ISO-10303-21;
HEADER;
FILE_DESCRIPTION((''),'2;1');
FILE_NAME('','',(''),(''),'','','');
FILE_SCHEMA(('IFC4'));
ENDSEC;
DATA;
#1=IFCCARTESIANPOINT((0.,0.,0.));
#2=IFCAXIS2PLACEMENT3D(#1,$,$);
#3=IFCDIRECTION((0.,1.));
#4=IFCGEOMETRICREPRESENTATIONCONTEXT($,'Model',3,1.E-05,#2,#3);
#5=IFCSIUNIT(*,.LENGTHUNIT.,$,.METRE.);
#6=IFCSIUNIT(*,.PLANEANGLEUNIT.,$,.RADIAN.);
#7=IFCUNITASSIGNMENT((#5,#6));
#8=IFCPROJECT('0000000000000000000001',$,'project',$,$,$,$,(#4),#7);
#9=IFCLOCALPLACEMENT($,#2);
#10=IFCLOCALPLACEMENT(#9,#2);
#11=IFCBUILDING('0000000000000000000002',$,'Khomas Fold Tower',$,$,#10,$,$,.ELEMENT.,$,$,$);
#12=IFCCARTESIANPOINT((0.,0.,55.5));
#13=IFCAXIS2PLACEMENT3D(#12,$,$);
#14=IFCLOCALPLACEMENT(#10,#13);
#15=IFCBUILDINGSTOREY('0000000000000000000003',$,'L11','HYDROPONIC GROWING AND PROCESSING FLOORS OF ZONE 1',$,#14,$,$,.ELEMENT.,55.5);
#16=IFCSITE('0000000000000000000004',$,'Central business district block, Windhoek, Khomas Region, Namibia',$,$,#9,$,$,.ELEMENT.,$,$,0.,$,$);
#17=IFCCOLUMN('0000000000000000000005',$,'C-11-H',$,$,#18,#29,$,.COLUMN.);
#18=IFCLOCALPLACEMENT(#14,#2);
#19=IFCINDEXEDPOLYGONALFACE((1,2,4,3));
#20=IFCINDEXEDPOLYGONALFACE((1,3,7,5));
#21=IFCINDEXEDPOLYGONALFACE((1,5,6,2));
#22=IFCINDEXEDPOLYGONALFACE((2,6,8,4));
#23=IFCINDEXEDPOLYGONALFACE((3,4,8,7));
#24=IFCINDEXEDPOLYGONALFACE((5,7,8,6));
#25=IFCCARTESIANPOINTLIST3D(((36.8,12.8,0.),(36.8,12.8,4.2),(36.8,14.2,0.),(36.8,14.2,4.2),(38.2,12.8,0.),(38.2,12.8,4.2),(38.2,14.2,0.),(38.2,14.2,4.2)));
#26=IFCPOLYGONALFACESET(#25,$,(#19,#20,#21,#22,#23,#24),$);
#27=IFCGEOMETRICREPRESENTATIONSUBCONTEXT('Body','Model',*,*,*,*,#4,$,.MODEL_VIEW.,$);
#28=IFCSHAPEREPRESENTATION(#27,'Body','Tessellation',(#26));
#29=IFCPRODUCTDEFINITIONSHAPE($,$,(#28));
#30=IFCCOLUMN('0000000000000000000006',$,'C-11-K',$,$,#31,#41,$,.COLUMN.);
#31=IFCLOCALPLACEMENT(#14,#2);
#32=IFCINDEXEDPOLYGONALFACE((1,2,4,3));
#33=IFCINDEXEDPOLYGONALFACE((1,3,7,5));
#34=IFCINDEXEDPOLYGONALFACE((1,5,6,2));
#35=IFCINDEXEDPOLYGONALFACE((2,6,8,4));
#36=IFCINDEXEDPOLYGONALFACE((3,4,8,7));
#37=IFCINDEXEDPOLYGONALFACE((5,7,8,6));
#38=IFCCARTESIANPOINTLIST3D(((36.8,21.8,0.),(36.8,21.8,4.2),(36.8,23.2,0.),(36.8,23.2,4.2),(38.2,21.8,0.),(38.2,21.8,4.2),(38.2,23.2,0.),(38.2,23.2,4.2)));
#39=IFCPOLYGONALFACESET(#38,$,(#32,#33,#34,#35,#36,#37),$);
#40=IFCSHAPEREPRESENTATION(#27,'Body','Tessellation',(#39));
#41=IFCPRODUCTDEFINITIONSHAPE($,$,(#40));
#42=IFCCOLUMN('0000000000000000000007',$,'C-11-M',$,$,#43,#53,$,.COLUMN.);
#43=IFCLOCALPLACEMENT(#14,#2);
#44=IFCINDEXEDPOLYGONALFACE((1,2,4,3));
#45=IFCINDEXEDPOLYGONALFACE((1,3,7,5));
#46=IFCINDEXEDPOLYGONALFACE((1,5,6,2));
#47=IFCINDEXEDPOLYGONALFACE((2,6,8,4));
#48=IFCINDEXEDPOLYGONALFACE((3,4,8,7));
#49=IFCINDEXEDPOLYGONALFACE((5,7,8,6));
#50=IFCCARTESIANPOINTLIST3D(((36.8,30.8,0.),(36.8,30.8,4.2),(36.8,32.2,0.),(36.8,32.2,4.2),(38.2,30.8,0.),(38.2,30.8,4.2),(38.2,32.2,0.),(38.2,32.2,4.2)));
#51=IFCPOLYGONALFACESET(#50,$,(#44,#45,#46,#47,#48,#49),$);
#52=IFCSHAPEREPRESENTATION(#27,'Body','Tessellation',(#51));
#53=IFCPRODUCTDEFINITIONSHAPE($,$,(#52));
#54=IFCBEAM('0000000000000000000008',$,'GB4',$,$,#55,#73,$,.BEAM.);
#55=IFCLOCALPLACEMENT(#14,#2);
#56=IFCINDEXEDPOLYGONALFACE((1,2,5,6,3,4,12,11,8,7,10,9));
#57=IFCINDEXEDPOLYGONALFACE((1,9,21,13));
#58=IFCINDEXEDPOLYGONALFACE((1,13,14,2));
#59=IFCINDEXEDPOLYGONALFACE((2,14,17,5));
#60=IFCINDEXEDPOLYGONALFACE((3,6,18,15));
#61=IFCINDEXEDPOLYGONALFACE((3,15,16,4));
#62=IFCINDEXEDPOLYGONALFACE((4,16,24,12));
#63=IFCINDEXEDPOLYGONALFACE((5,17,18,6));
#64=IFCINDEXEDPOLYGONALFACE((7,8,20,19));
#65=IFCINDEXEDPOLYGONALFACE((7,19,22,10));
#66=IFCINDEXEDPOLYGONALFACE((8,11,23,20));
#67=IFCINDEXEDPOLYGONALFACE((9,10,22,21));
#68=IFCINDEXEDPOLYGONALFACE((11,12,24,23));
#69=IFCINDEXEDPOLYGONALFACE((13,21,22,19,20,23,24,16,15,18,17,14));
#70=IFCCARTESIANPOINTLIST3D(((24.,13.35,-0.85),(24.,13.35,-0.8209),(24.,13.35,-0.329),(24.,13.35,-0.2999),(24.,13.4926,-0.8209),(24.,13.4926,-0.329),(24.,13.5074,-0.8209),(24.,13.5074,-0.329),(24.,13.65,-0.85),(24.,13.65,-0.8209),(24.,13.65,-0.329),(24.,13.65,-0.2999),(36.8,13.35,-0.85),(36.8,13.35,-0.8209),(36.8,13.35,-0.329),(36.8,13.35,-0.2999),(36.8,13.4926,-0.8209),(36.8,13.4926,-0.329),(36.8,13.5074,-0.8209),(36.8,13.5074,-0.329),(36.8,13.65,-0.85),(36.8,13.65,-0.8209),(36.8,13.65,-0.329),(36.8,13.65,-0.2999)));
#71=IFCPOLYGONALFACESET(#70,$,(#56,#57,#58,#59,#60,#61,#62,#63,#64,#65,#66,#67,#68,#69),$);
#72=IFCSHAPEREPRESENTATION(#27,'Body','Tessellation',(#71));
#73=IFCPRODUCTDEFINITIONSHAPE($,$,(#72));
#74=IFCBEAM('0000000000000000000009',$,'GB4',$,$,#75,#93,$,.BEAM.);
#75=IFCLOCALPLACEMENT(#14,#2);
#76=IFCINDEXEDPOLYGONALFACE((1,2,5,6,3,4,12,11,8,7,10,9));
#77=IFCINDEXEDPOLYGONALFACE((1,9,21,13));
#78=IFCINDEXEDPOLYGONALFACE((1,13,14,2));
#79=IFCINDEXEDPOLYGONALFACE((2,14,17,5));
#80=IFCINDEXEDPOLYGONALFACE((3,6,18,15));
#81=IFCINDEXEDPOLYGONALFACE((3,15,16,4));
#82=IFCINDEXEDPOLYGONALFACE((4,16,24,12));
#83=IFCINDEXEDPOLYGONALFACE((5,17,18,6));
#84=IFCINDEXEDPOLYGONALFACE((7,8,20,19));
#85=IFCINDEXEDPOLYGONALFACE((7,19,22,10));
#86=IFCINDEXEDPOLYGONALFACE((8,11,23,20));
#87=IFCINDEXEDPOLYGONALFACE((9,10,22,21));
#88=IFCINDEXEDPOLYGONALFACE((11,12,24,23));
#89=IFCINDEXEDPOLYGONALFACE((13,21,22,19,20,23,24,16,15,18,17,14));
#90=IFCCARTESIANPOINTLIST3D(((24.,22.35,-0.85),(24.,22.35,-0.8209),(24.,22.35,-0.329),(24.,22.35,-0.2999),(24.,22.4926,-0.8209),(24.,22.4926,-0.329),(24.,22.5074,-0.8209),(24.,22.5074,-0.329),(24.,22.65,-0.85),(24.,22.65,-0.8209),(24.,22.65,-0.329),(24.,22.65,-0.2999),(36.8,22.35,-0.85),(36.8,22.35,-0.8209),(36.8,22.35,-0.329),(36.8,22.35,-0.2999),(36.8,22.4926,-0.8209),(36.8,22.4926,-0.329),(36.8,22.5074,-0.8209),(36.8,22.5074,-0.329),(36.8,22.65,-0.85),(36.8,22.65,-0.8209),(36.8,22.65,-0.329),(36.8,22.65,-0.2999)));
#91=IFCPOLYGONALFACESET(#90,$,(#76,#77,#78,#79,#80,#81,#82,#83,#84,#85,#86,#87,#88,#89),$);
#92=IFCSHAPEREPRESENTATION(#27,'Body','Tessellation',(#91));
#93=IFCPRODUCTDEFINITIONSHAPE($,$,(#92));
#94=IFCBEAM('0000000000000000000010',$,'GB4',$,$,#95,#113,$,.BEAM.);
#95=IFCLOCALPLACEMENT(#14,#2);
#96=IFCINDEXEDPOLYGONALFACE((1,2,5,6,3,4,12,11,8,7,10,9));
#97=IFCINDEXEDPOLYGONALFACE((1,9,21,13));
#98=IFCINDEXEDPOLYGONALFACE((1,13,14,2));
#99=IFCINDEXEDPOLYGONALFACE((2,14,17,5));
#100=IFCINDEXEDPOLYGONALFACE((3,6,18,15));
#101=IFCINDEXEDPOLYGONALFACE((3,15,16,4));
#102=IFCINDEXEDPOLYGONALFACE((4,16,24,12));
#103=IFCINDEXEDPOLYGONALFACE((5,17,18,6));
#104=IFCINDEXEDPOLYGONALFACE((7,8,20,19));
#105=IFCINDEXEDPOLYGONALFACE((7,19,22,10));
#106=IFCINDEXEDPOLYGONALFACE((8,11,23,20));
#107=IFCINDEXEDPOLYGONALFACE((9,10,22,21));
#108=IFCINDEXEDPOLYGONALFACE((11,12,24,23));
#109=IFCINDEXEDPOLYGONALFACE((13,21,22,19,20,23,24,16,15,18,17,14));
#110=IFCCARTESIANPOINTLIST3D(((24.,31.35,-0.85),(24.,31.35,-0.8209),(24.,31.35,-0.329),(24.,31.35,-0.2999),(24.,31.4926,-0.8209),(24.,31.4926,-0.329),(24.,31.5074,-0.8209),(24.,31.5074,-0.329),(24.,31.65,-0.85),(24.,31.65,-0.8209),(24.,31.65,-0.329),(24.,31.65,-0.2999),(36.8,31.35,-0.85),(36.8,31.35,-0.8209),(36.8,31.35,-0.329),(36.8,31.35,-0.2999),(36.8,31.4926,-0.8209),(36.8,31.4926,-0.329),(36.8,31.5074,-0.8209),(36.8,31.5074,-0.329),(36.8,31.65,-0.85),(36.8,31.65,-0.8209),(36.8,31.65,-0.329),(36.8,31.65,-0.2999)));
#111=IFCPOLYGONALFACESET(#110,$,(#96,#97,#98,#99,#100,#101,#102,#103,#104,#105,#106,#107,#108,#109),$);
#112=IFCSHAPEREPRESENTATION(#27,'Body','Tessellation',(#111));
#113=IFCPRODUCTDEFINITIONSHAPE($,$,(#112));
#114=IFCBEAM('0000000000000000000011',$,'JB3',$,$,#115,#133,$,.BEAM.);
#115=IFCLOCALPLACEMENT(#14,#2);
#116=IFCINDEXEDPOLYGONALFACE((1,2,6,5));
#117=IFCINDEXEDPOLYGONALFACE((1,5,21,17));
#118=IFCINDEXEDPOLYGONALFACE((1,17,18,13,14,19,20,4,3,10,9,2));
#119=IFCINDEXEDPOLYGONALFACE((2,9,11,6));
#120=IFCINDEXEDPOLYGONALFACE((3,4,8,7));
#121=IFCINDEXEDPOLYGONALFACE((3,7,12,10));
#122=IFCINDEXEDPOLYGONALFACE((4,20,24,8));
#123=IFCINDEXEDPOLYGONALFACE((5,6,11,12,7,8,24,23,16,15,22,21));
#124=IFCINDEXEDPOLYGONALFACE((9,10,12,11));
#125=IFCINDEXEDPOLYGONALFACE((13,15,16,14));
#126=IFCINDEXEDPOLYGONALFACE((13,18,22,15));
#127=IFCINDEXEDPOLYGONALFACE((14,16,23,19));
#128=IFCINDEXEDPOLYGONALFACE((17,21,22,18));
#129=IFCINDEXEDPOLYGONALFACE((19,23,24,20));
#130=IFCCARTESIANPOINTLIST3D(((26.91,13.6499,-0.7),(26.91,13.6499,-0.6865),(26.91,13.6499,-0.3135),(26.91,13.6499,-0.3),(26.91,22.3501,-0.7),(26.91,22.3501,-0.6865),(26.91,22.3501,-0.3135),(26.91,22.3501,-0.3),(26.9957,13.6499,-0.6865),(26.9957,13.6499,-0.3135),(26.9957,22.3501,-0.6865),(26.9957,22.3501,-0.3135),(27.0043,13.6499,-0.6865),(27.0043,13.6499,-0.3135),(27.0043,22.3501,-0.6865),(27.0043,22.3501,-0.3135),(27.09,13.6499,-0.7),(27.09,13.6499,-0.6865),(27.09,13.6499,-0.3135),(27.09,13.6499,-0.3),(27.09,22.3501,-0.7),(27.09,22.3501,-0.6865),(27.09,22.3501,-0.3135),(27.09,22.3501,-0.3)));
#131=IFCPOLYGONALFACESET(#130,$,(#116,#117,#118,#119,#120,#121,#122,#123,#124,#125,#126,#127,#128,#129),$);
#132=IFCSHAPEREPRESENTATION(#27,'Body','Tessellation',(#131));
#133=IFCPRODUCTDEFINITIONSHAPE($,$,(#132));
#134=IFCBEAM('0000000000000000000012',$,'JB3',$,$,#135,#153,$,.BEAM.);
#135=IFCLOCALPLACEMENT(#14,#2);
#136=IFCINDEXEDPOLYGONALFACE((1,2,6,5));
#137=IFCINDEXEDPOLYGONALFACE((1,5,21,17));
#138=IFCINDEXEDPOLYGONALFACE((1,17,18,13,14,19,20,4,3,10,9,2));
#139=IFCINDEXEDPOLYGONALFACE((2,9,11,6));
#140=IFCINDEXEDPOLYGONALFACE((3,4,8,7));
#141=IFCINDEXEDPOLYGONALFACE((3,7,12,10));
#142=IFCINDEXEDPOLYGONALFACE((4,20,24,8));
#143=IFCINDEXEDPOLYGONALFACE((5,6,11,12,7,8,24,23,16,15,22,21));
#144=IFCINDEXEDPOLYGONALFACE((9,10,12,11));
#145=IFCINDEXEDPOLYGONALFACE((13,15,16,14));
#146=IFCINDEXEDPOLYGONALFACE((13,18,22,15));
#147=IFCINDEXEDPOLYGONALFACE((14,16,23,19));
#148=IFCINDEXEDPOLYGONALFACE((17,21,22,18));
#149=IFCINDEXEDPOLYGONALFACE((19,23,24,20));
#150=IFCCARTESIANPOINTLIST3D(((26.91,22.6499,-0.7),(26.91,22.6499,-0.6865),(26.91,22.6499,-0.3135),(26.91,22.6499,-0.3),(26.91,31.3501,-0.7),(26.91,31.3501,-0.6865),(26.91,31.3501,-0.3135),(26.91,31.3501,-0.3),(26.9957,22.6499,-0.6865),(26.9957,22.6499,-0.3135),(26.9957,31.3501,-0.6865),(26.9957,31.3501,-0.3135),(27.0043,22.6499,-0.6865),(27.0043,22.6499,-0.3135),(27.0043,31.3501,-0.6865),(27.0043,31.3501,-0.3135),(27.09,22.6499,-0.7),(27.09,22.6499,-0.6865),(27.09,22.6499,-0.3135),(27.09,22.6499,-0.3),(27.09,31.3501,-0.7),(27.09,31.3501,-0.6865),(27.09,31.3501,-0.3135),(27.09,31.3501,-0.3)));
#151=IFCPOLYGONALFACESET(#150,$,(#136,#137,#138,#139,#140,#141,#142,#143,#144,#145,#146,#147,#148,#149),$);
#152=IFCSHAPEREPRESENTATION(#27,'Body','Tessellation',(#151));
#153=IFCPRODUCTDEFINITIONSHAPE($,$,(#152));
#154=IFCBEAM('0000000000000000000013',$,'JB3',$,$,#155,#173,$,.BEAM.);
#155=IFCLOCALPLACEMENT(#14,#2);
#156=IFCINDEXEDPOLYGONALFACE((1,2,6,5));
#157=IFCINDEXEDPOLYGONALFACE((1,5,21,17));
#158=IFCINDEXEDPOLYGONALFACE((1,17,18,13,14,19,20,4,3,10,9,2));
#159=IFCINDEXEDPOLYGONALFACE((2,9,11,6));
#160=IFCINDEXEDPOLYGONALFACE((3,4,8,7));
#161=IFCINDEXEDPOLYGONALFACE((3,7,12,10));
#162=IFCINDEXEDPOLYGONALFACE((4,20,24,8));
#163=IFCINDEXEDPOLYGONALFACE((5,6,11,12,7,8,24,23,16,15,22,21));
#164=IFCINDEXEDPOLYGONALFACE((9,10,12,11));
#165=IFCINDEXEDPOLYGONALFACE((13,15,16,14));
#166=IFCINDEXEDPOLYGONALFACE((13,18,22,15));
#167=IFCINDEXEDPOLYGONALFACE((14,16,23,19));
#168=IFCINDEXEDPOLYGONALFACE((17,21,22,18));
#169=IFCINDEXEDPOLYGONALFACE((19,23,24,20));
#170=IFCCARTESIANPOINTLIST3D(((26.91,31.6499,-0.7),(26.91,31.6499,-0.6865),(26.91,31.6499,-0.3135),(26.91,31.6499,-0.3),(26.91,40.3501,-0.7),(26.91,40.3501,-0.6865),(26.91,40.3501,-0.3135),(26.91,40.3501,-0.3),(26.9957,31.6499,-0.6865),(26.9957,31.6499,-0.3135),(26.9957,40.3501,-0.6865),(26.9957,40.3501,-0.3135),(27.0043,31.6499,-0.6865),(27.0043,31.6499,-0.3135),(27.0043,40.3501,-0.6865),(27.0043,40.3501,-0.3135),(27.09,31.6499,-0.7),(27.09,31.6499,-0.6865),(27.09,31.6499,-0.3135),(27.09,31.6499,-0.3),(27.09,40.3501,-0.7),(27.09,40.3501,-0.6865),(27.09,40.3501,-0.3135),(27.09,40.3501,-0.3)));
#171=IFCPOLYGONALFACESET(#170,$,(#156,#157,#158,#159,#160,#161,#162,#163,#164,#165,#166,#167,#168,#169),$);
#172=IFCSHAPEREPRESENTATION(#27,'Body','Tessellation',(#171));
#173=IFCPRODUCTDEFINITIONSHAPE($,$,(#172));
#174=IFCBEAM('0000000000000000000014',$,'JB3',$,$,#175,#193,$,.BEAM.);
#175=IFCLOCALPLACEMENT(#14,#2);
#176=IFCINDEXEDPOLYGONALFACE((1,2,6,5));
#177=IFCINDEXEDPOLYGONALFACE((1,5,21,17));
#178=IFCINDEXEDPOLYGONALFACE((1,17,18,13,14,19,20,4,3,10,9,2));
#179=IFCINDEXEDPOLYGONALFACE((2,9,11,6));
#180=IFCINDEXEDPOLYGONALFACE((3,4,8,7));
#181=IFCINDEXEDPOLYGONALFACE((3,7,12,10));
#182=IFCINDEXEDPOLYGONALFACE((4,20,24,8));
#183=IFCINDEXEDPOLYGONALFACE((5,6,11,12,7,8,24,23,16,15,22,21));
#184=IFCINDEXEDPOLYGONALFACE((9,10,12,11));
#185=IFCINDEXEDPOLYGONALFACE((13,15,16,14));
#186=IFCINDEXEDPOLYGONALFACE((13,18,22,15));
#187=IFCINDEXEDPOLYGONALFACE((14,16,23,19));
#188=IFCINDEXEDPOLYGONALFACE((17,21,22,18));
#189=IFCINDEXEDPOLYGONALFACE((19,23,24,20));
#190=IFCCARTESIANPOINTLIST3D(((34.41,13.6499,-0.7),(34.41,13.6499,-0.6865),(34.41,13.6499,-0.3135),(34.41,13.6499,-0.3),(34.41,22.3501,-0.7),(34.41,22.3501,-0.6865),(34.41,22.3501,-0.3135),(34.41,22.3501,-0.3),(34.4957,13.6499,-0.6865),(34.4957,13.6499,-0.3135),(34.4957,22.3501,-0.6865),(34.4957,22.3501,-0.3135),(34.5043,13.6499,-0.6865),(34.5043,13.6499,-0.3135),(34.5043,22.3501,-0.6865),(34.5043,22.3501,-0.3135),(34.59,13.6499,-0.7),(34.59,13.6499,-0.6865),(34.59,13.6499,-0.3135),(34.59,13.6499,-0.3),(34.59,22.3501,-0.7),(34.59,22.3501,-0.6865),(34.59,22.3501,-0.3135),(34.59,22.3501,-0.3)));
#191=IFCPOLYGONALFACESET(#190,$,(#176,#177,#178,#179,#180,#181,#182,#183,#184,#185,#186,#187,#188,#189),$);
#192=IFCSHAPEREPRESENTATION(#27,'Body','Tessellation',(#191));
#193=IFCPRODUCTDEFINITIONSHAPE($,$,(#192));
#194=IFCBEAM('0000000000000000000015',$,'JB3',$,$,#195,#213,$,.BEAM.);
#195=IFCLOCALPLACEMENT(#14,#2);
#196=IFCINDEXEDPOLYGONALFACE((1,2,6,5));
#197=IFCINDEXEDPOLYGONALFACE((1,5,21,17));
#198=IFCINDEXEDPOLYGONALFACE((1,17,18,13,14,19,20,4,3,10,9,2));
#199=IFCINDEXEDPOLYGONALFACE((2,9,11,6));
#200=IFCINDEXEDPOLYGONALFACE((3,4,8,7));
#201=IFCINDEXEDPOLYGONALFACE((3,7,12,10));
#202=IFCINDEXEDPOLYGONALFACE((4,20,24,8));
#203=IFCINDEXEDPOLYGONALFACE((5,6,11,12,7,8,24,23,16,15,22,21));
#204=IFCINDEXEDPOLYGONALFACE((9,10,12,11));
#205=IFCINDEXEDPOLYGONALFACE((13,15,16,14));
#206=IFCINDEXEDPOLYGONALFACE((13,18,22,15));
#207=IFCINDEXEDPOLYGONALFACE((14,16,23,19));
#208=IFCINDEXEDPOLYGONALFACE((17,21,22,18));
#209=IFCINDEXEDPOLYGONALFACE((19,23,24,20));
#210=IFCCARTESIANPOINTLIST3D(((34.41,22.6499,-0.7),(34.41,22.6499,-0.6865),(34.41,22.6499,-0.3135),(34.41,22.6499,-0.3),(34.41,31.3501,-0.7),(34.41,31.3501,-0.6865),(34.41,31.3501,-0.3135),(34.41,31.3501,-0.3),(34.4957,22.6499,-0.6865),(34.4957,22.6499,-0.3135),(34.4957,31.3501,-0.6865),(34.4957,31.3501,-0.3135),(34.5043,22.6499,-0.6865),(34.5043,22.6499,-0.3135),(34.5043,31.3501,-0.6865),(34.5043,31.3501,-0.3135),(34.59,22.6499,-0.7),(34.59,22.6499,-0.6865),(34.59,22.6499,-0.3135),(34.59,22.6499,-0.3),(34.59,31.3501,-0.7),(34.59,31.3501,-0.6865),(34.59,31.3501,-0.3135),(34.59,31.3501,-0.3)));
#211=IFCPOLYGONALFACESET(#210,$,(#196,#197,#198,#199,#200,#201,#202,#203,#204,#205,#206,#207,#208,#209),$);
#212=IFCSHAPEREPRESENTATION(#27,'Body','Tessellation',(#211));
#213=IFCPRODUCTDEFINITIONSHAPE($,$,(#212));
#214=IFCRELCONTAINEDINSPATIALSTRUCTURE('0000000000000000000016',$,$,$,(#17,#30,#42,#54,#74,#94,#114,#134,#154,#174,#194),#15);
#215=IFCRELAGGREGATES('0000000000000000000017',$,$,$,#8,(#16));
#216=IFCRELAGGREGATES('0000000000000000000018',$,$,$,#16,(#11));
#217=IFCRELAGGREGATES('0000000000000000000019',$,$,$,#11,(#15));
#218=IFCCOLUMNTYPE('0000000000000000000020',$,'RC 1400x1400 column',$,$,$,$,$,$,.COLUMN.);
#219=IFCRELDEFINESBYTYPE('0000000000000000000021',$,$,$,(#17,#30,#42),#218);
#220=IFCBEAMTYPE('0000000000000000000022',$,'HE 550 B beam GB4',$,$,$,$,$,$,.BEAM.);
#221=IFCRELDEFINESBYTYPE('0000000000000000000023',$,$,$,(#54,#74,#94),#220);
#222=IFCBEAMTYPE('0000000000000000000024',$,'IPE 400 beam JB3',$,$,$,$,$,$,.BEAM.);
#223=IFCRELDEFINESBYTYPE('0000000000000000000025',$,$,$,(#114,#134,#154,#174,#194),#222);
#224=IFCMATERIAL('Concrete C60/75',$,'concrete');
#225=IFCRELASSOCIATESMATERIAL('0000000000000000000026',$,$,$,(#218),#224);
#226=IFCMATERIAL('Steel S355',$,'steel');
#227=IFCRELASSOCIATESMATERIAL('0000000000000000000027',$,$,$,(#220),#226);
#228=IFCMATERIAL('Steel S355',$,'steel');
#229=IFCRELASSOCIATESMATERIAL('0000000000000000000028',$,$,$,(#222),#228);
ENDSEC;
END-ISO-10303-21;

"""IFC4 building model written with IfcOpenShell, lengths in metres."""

from ifc_helpers import new_model, si_unit, direction, frame, origin, origin_2d, place, context, subcontext, project, spatial, rectangle, i_section, extrude, source, transform, mapped, material, material_profile, profile_set, type_object, element, save


model = new_model("IFC4")

# Units and contexts
model_context = context("Model", 3, precision=1e-05, world=origin(), true_north=direction((0.0, 1.0)))
body_context = subcontext(model_context, "Body", "Model", "MODEL_VIEW")
ifc_project = project(units=[si_unit("LENGTHUNIT", "METRE"), si_unit("PLANEANGLEUNIT", "RADIAN")], contexts=[model_context])

# Site, building, storey
site_placement = place(None, origin())
site = spatial("IfcSite", under=ifc_project, at=site_placement, Name="Central business district block, Windhoek, Khomas Region, Namibia", CompositionType="ELEMENT", RefElevation=0.0)
building_placement = place(site_placement, origin())
building = spatial("IfcBuilding", under=site, at=building_placement, Name="Khomas Fold Tower", CompositionType="ELEMENT")
storey_placement = place(building_placement, frame((0.0, 0.0, 55.5)))
storey = spatial("IfcBuildingStorey", under=building, at=storey_placement, Name="L11", Description="HYDROPONIC GROWING AND PROCESSING FLOORS OF ZONE 1", CompositionType="ELEMENT", Elevation=55.5)

# Columns
ifc_material_1 = material(Name="Concrete C60/75", Category="concrete")
ifc_material_profile_1 = material_profile(ifc_material_1, rectangle(XDim=1.3999, YDim=1.3999, at=origin_2d()), Name="RC 1400x1400")
ifc_profile_set_1 = profile_set([ifc_material_profile_1], Name="Concrete C60/75")
column_type = type_object("IfcColumnType", Name="RC 1400x1400 column", PredefinedType="COLUMN", material=ifc_profile_set_1)
shared_shape_1 = source(origin(), body_context, "Body", "SweptSolid", [
    extrude(rectangle(XDim=1.3999, YDim=1.3999, at=origin_2d()), origin(), (0.0, 0.0, 1.0), 4.2),
])
for number, where, z_axis, x_axis, name in (
    (1, (37.5, 13.5, 0.0), (0.0, 0.0, 1.0), (1.0, 0.0, 0.0), "C-11-H"),
    (2, (37.5, 22.5, 0.0), (0.0, 0.0, 1.0), (1.0, 0.0, 0.0), "C-11-K"),
    (3, (37.5, 31.5, 0.0), (0.0, 0.0, 1.0), (1.0, 0.0, 0.0), "C-11-M"),
):
    element("IfcColumn", number, at=place(storey_placement, frame(where, z_axis=z_axis, x_axis=x_axis)), inside=storey, type_object=column_type, Name=name, PredefinedType="COLUMN", context=body_context, shape_type="MappedRepresentation", body=[
        mapped(shared_shape_1, transform((0.0, 0.0, 0.0))),
    ])

# Beams
ifc_material_2 = material(Name="Steel S355", Category="steel")
ifc_material_profile_2 = material_profile(ifc_material_2, i_section(OverallWidth=0.3, OverallDepth=0.55, WebThickness=0.0149, FlangeThickness=0.0291, at=origin_2d()), Name="HE 550 B")
ifc_profile_set_2 = profile_set([ifc_material_profile_2], Name="Steel S355")
beam_type_1 = type_object("IfcBeamType", Name="HE 550 B beam GB4", PredefinedType="BEAM", material=ifc_profile_set_2)
shared_shape_2 = source(origin(), body_context, "Body", "SweptSolid", [
    extrude(i_section(OverallWidth=0.3, OverallDepth=0.55, WebThickness=0.0149, FlangeThickness=0.0291, at=origin_2d()), origin(), (0.0, 0.0, 1.0), 12.8),
])
for number, where, z_axis, x_axis, name in (
    (4, (24.0, 13.5, -0.575), (1.0, 0.0, 0.0), (0.0, 1.0, 0.0), "GB4"),
    (5, (24.0, 22.5, -0.575), (1.0, 0.0, 0.0), (0.0, 1.0, 0.0), "GB4"),
    (6, (24.0, 31.5, -0.575), (1.0, 0.0, 0.0), (0.0, 1.0, 0.0), "GB4"),
):
    element("IfcBeam", number, at=place(storey_placement, frame(where, z_axis=z_axis, x_axis=x_axis)), inside=storey, type_object=beam_type_1, Name=name, PredefinedType="BEAM", context=body_context, shape_type="MappedRepresentation", body=[
        mapped(shared_shape_2, transform((0.0, 0.0, 0.0))),
    ])
ifc_material_3 = material(Name="Steel S355", Category="steel")
ifc_material_profile_3 = material_profile(ifc_material_3, i_section(OverallWidth=0.1799, OverallDepth=0.3999, WebThickness=0.0085, FlangeThickness=0.0134, at=origin_2d()), Name="IPE 400")
ifc_profile_set_3 = profile_set([ifc_material_profile_3], Name="Steel S355")
beam_type_2 = type_object("IfcBeamType", Name="IPE 400 beam JB3", PredefinedType="BEAM", material=ifc_profile_set_3)
shared_shape_3 = source(origin(), body_context, "Body", "SweptSolid", [
    extrude(i_section(OverallWidth=0.1799, OverallDepth=0.3999, WebThickness=0.0085, FlangeThickness=0.0134, at=origin_2d()), origin(), (0.0, 0.0, 1.0), 8.7002),
])
for number, where, z_axis, x_axis, name in (
    (7, (27.0, 13.6499, -0.5), (0.0, 1.0, 0.0), (-1.0, 0.0, 0.0), "JB3"),
    (8, (27.0, 22.6499, -0.5), (0.0, 1.0, 0.0), (-1.0, 0.0, 0.0), "JB3"),
    (9, (27.0, 31.6499, -0.5), (0.0, 1.0, 0.0), (-1.0, 0.0, 0.0), "JB3"),
    (10, (34.5, 13.6499, -0.5), (0.0, 1.0, 0.0), (-1.0, 0.0, 0.0), "JB3"),
    (11, (34.5, 22.6499, -0.5), (0.0, 1.0, 0.0), (-1.0, 0.0, 0.0), "JB3"),
):
    element("IfcBeam", number, at=place(storey_placement, frame(where, z_axis=z_axis, x_axis=x_axis)), inside=storey, type_object=beam_type_2, Name=name, PredefinedType="BEAM", context=body_context, shape_type="MappedRepresentation", body=[
        mapped(shared_shape_3, transform((0.0, 0.0, 0.0))),
    ])

save(model, "model.ifc")
